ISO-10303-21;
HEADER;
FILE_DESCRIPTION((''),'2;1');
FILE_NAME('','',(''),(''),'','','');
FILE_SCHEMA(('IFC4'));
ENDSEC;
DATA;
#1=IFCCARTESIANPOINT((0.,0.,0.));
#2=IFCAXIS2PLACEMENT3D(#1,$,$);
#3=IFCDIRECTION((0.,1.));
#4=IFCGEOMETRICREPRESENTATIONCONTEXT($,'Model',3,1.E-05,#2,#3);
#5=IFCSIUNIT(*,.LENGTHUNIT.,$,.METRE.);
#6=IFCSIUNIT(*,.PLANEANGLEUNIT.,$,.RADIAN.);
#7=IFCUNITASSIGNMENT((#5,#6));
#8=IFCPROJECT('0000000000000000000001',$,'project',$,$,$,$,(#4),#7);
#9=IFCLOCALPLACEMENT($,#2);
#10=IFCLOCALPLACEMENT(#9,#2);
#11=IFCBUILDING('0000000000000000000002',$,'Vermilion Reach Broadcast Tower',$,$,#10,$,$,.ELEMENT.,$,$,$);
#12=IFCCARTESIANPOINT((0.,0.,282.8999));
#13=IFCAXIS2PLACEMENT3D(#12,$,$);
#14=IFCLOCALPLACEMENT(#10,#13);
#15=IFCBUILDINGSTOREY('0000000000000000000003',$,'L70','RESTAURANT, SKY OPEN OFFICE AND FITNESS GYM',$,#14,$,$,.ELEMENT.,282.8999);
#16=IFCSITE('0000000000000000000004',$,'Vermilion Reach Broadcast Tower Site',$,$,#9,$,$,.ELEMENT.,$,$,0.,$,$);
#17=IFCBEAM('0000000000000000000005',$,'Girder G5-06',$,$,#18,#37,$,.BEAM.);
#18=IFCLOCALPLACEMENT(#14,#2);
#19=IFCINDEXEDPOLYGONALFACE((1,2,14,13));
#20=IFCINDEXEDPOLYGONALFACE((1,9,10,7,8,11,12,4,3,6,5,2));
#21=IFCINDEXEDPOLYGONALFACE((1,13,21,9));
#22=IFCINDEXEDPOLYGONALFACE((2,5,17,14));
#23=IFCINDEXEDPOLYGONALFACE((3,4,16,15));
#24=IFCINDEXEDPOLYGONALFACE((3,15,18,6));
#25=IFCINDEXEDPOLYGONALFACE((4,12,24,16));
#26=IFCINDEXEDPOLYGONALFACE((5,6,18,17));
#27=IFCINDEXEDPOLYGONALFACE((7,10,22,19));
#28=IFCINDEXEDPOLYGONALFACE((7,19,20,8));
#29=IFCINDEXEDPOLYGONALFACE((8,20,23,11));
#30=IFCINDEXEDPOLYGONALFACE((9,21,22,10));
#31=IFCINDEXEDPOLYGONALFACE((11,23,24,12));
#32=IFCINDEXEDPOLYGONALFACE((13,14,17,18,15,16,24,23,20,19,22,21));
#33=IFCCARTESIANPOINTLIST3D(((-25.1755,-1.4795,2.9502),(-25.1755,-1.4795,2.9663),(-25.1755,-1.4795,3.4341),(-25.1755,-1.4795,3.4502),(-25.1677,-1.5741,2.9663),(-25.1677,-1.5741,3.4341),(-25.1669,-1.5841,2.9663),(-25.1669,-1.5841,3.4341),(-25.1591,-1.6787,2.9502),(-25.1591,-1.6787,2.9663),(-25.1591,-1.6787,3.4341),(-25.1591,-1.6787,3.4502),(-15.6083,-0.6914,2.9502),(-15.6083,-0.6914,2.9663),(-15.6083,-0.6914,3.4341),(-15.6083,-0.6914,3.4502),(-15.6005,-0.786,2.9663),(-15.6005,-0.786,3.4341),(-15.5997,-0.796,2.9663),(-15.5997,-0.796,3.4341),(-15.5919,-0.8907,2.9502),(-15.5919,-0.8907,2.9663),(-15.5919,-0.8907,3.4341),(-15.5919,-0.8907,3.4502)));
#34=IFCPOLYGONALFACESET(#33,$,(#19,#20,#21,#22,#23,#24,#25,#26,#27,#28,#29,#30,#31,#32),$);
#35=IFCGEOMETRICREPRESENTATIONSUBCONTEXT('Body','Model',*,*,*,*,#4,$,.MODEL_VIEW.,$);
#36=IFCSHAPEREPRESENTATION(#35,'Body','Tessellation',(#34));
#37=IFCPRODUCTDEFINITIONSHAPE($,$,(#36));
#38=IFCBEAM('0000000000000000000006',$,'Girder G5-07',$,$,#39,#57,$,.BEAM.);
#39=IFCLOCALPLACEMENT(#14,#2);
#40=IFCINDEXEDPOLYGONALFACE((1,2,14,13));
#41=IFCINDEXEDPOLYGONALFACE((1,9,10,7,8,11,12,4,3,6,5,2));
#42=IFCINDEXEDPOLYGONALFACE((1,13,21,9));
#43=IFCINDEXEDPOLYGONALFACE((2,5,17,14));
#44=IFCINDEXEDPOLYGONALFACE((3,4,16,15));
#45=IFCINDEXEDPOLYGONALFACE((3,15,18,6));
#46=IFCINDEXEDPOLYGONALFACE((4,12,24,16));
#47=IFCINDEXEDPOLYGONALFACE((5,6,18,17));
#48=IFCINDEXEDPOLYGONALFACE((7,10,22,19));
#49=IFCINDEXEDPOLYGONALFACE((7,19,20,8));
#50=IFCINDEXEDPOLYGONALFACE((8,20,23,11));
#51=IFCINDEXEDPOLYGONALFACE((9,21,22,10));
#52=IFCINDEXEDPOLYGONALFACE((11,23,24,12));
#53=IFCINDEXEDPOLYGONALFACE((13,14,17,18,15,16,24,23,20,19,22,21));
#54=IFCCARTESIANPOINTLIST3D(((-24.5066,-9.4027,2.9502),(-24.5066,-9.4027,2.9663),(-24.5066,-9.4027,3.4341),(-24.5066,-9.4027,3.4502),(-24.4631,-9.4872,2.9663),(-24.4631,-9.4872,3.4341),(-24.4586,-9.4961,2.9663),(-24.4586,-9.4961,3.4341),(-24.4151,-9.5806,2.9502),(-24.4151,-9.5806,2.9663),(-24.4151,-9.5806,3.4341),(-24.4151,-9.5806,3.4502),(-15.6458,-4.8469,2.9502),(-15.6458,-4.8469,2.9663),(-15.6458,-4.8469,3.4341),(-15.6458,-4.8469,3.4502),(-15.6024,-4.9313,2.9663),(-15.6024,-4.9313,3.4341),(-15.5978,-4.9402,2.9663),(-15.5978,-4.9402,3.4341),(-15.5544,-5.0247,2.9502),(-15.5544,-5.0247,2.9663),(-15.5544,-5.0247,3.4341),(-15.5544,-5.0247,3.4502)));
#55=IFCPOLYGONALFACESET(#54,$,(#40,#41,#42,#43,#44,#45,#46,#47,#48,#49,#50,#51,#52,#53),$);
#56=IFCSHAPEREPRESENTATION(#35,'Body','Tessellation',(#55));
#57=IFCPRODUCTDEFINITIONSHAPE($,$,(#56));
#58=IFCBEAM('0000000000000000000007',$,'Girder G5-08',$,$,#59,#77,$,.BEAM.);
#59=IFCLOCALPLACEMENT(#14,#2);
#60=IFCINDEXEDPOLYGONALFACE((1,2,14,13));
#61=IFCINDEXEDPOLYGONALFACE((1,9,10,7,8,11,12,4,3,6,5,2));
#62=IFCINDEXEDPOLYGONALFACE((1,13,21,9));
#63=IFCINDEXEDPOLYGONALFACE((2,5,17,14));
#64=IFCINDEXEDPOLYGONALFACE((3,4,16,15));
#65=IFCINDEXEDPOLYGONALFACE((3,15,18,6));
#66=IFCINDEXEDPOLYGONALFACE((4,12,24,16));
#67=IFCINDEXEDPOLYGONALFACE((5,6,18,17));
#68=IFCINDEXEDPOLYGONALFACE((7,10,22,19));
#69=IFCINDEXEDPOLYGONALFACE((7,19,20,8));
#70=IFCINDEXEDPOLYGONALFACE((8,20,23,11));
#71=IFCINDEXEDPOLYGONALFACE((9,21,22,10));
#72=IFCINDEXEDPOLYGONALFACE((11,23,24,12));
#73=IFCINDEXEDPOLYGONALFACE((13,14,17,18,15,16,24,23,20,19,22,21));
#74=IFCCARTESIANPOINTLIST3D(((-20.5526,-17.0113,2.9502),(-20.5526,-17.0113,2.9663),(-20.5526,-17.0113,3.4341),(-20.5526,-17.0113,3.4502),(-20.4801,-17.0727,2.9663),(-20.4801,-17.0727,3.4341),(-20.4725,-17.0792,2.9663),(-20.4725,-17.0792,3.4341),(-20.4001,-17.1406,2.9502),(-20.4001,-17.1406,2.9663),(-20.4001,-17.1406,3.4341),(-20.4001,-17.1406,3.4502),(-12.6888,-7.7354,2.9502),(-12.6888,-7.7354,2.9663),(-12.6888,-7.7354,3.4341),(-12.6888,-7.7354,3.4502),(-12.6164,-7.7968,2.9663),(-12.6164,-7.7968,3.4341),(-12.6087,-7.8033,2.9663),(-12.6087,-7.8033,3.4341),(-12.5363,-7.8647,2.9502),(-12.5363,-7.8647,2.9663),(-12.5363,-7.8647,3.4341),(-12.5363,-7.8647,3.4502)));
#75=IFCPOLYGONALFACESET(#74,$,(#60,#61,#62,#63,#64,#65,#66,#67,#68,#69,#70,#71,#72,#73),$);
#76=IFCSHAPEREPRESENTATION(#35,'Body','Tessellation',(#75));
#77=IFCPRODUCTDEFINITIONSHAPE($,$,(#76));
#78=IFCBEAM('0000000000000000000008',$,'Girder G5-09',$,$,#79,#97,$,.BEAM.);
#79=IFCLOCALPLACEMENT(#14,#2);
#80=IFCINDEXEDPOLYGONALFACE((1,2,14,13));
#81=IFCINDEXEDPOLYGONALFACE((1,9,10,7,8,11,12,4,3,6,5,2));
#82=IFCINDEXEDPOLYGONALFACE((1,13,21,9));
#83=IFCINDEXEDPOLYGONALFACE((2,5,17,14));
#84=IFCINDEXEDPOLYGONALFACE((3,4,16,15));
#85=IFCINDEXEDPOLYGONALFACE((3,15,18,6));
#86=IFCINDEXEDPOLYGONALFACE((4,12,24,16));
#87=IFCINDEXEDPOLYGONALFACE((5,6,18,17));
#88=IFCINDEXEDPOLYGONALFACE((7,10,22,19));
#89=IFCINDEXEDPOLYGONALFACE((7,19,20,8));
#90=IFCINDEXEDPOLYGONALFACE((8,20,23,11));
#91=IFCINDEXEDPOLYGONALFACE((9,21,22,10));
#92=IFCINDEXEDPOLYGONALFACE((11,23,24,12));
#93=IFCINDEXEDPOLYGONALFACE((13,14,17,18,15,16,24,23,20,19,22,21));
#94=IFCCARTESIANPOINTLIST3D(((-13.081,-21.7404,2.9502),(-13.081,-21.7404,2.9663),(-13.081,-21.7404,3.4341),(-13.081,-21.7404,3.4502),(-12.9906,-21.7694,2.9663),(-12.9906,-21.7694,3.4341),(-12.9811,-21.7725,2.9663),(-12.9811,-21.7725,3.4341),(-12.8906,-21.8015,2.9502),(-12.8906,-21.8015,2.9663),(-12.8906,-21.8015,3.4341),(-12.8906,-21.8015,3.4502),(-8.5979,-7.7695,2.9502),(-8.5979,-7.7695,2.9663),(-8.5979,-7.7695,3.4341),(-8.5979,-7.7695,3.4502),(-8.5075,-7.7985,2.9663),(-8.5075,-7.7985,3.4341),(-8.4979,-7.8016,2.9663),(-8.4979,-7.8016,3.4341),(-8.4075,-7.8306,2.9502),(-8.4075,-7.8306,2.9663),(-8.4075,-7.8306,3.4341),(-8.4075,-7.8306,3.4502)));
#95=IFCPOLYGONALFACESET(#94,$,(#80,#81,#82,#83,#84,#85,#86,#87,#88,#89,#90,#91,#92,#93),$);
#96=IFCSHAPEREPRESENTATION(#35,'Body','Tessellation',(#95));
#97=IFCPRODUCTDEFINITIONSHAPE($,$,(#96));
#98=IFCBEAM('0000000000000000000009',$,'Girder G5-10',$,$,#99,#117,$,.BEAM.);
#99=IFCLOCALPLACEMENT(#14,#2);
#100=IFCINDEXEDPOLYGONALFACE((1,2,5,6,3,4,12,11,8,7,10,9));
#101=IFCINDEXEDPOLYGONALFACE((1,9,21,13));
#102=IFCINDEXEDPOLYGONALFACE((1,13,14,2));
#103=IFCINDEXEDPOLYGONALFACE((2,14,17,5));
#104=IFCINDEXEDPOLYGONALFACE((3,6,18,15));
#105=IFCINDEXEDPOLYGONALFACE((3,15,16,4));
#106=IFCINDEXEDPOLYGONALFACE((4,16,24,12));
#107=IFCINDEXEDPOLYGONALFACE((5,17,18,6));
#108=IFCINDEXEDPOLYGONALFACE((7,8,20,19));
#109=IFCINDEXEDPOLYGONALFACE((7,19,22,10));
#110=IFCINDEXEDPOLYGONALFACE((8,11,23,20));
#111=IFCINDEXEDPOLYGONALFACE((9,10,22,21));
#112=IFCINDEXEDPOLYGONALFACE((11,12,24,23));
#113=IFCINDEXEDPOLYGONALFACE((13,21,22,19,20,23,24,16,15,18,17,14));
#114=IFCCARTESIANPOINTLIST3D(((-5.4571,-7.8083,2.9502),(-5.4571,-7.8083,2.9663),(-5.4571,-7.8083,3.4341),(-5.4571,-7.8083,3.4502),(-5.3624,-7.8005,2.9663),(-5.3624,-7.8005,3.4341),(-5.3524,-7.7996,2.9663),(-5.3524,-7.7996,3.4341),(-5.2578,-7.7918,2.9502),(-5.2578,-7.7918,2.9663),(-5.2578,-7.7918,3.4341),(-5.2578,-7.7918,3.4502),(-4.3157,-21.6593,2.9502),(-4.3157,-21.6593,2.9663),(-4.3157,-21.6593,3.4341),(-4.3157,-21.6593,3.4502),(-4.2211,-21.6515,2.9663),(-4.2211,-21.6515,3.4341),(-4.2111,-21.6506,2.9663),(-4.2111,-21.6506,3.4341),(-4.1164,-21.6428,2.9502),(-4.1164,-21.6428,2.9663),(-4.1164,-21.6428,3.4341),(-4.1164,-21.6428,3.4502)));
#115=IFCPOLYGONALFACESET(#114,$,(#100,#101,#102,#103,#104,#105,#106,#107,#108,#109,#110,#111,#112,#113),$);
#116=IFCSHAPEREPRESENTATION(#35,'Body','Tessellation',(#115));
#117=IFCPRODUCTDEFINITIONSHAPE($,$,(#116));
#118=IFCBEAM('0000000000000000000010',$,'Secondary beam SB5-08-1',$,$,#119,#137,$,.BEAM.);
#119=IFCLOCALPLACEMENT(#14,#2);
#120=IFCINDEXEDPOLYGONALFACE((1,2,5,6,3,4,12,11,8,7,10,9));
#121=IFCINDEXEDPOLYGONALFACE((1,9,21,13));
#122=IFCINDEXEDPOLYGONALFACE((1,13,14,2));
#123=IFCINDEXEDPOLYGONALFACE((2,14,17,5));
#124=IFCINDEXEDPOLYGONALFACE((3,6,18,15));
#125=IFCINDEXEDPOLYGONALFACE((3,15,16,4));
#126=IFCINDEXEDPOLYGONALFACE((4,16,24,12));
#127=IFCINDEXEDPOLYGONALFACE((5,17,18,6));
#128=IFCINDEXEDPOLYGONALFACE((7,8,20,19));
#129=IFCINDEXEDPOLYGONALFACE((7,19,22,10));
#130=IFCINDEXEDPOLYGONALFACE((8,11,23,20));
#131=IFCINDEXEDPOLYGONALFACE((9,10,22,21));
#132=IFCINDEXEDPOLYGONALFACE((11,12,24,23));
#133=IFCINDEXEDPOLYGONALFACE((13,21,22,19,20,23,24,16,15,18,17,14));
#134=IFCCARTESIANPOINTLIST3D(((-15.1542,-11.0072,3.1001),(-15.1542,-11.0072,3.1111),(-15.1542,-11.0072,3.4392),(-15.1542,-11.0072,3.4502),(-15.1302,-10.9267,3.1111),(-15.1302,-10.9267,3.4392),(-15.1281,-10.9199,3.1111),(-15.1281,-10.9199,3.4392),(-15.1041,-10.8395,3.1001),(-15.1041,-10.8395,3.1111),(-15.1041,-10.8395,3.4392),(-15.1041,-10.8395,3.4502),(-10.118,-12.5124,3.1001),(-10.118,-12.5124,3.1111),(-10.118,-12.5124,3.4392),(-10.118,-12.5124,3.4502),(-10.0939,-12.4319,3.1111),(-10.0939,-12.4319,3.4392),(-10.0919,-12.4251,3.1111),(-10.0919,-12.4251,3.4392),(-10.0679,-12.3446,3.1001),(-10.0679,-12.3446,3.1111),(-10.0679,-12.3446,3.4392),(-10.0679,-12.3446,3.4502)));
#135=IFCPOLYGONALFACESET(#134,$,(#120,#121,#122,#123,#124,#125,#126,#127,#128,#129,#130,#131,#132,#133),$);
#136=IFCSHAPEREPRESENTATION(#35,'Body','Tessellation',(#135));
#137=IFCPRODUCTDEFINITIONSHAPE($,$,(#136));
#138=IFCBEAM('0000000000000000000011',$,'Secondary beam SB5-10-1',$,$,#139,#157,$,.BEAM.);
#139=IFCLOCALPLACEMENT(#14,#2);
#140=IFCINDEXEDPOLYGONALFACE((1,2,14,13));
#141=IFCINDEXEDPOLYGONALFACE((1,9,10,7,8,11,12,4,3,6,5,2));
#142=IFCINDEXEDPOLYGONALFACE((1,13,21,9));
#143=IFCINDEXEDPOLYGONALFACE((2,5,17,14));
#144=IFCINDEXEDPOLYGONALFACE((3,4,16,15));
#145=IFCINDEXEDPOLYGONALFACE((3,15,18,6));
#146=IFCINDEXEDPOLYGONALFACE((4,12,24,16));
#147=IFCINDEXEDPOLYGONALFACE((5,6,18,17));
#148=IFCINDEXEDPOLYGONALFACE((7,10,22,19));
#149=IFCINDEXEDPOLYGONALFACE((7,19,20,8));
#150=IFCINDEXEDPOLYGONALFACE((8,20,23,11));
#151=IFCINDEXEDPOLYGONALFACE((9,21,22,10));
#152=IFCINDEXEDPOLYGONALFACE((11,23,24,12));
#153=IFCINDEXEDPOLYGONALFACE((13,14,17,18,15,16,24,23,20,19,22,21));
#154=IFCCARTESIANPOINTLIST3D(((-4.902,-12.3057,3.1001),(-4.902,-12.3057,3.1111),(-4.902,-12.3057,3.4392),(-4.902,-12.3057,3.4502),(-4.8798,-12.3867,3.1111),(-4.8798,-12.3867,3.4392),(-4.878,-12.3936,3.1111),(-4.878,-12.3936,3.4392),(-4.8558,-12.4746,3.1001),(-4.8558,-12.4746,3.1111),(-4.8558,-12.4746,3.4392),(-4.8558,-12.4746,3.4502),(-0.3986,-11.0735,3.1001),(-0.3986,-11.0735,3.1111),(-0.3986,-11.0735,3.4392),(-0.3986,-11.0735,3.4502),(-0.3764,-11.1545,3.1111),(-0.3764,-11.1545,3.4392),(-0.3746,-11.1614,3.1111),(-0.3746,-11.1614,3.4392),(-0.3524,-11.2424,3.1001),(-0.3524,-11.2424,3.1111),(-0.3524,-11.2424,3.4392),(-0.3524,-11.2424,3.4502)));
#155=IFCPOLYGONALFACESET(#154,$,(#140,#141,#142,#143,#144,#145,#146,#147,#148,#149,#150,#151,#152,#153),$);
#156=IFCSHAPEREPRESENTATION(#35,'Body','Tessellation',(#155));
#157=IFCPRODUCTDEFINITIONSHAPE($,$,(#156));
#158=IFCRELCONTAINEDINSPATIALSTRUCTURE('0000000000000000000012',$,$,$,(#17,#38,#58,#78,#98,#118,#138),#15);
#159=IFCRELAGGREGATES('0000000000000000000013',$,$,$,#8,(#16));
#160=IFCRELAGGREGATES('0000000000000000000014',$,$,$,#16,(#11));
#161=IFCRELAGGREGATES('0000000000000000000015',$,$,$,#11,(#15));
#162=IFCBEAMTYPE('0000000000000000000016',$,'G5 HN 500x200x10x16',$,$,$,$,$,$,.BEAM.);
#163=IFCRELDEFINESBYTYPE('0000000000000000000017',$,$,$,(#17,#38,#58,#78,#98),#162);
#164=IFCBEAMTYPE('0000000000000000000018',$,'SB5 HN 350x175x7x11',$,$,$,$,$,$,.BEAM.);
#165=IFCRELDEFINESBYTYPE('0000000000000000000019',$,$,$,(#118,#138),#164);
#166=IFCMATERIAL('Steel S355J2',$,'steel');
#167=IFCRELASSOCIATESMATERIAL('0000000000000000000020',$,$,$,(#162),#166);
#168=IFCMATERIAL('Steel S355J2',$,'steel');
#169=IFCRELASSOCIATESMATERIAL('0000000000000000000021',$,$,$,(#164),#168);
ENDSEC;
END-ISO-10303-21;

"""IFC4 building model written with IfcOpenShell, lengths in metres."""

from ifc_helpers import new_model, si_unit, direction, frame, origin, origin_2d, place, context, subcontext, project, spatial, i_section, extrude, material, material_profile, profile_set, type_object, element, save


model = new_model("IFC4")

# Units and contexts
model_context = context("Model", 3, precision=1e-05, world=origin(), true_north=direction((0.0, 1.0)))
body_context = subcontext(model_context, "Body", "Model", "MODEL_VIEW")
ifc_project = project(units=[si_unit("LENGTHUNIT", "METRE"), si_unit("PLANEANGLEUNIT", "RADIAN")], contexts=[model_context])

# Site, building, storey
site_placement = place(None, origin())
site = spatial("IfcSite", under=ifc_project, at=site_placement, Name="Vermilion Reach Broadcast Tower Site", CompositionType="ELEMENT", RefElevation=0.0)
building_placement = place(site_placement, origin())
building = spatial("IfcBuilding", under=site, at=building_placement, Name="Vermilion Reach Broadcast Tower", CompositionType="ELEMENT")
storey_placement = place(building_placement, frame((0.0, 0.0, 282.8999)))
storey = spatial("IfcBuildingStorey", under=building, at=storey_placement, Name="L70", Description="RESTAURANT, SKY OPEN OFFICE AND FITNESS GYM", CompositionType="ELEMENT", Elevation=282.8999)

# Beams
ifc_material_1 = material(Name="Steel S355J2", Category="steel")
ifc_material_profile_1 = material_profile(ifc_material_1, i_section(OverallWidth=0.2, OverallDepth=0.5, WebThickness=0.01, FlangeThickness=0.0161, at=origin_2d()), Name="S355J2 HN 500x200x10x16")
ifc_profile_set_1 = profile_set([ifc_material_profile_1], Name="Steel S355J2")
beam_type_1 = type_object("IfcBeamType", Name="G5 HN 500x200x10x16", PredefinedType="BEAM", material=ifc_profile_set_1)
beam_1_placement = place(storey_placement, frame((-15.6001, -0.791, 3.2002), z_axis=(-0.996624, -0.082096, 0.0), x_axis=(0.082096, -0.996624, 0.0)))
element("IfcBeam", 1, at=beam_1_placement, inside=storey, type_object=beam_type_1, Name="Girder G5-06", PredefinedType="BEAM", context=body_context, shape_type="SweptSolid", body=[
    extrude(i_section(OverallWidth=0.2, OverallDepth=0.5, WebThickness=0.01, FlangeThickness=0.0161, at=origin_2d()), origin(), (0.0, 0.0, 1.0), 9.5996),
])
beam_2_placement = place(storey_placement, frame((-15.6001, -4.9358, 3.2002), z_axis=(-0.889333, -0.457261, 0.0), x_axis=(0.457261, -0.889333, 0.0)))
element("IfcBeam", 2, at=beam_2_placement, inside=storey, type_object=beam_type_1, Name="Girder G5-07", PredefinedType="BEAM", context=body_context, shape_type="SweptSolid", body=[
    extrude(i_section(OverallWidth=0.2, OverallDepth=0.5, WebThickness=0.01, FlangeThickness=0.0161, at=origin_2d()), origin(), (0.0, 0.0, 1.0), 9.9634),
])
beam_3_placement = place(storey_placement, frame((-12.6125, -7.8, 3.2002), z_axis=(-0.646658, -0.76278, 0.0), x_axis=(0.76278, -0.646658, 0.0)))
element("IfcBeam", 3, at=beam_3_placement, inside=storey, type_object=beam_type_1, Name="Girder G5-08", PredefinedType="BEAM", context=body_context, shape_type="SweptSolid", body=[
    extrude(i_section(OverallWidth=0.2, OverallDepth=0.5, WebThickness=0.01, FlangeThickness=0.0161, at=origin_2d()), origin(), (0.0, 0.0, 1.0), 12.1606),
])
beam_4_placement = place(storey_placement, frame((-8.5027, -7.8, 3.2002), z_axis=(-0.305545, -0.952178, 0.0), x_axis=(0.952178, -0.305545, 0.0)))
element("IfcBeam", 4, at=beam_4_placement, inside=storey, type_object=beam_type_1, Name="Girder G5-09", PredefinedType="BEAM", context=body_context, shape_type="SweptSolid", body=[
    extrude(i_section(OverallWidth=0.2, OverallDepth=0.5, WebThickness=0.01, FlangeThickness=0.0161, at=origin_2d()), origin(), (0.0, 0.0, 1.0), 14.6726),
])
beam_5_placement = place(storey_placement, frame((-5.3574, -7.8, 3.2002), z_axis=(0.082124, -0.996622, 0.0), x_axis=(0.996622, 0.082124, 0.0)))
element("IfcBeam", 5, at=beam_5_placement, inside=storey, type_object=beam_type_1, Name="Girder G5-10", PredefinedType="BEAM", context=body_context, shape_type="SweptSolid", body=[
    extrude(i_section(OverallWidth=0.2, OverallDepth=0.5, WebThickness=0.01, FlangeThickness=0.0161, at=origin_2d()), origin(), (0.0, 0.0, 1.0), 13.8979),
])
ifc_material_2 = material(Name="Steel S355J2", Category="steel")
ifc_material_profile_2 = material_profile(ifc_material_2, i_section(OverallWidth=0.175, OverallDepth=0.3501, WebThickness=0.0071, FlangeThickness=0.011, at=origin_2d()), Name="S355J2 HN 350x175x7x11")
ifc_profile_set_2 = profile_set([ifc_material_profile_2], Name="Steel S355J2")
beam_type_2 = type_object("IfcBeamType", Name="SB5 HN 350x175x7x11", PredefinedType="BEAM", material=ifc_profile_set_2)
beam_6_placement = place(storey_placement, frame((-15.1292, -10.9233, 3.2751), z_axis=(0.958125, -0.286351, 0.0), x_axis=(0.286351, 0.958125, 0.0)))
element("IfcBeam", 6, at=beam_6_placement, inside=storey, type_object=beam_type_2, Name="Secondary beam SB5-08-1", PredefinedType="BEAM", context=body_context, shape_type="SweptSolid", body=[
    extrude(i_section(OverallWidth=0.175, OverallDepth=0.3501, WebThickness=0.0071, FlangeThickness=0.011, at=origin_2d()), origin(), (0.0, 0.0, 1.0), 5.2563),
])
beam_7_placement = place(storey_placement, frame((-4.8789, -12.3901, 3.2751), z_axis=(0.964547, 0.263909, 0.0), x_axis=(-0.263909, 0.964547, 0.0)))
element("IfcBeam", 7, at=beam_7_placement, inside=storey, type_object=beam_type_2, Name="Secondary beam SB5-10-1", PredefinedType="BEAM", context=body_context, shape_type="SweptSolid", body=[
    extrude(i_section(OverallWidth=0.175, OverallDepth=0.3501, WebThickness=0.0071, FlangeThickness=0.011, at=origin_2d()), origin(), (0.0, 0.0, 1.0), 4.6689),
])

save(model, "model.ifc")
